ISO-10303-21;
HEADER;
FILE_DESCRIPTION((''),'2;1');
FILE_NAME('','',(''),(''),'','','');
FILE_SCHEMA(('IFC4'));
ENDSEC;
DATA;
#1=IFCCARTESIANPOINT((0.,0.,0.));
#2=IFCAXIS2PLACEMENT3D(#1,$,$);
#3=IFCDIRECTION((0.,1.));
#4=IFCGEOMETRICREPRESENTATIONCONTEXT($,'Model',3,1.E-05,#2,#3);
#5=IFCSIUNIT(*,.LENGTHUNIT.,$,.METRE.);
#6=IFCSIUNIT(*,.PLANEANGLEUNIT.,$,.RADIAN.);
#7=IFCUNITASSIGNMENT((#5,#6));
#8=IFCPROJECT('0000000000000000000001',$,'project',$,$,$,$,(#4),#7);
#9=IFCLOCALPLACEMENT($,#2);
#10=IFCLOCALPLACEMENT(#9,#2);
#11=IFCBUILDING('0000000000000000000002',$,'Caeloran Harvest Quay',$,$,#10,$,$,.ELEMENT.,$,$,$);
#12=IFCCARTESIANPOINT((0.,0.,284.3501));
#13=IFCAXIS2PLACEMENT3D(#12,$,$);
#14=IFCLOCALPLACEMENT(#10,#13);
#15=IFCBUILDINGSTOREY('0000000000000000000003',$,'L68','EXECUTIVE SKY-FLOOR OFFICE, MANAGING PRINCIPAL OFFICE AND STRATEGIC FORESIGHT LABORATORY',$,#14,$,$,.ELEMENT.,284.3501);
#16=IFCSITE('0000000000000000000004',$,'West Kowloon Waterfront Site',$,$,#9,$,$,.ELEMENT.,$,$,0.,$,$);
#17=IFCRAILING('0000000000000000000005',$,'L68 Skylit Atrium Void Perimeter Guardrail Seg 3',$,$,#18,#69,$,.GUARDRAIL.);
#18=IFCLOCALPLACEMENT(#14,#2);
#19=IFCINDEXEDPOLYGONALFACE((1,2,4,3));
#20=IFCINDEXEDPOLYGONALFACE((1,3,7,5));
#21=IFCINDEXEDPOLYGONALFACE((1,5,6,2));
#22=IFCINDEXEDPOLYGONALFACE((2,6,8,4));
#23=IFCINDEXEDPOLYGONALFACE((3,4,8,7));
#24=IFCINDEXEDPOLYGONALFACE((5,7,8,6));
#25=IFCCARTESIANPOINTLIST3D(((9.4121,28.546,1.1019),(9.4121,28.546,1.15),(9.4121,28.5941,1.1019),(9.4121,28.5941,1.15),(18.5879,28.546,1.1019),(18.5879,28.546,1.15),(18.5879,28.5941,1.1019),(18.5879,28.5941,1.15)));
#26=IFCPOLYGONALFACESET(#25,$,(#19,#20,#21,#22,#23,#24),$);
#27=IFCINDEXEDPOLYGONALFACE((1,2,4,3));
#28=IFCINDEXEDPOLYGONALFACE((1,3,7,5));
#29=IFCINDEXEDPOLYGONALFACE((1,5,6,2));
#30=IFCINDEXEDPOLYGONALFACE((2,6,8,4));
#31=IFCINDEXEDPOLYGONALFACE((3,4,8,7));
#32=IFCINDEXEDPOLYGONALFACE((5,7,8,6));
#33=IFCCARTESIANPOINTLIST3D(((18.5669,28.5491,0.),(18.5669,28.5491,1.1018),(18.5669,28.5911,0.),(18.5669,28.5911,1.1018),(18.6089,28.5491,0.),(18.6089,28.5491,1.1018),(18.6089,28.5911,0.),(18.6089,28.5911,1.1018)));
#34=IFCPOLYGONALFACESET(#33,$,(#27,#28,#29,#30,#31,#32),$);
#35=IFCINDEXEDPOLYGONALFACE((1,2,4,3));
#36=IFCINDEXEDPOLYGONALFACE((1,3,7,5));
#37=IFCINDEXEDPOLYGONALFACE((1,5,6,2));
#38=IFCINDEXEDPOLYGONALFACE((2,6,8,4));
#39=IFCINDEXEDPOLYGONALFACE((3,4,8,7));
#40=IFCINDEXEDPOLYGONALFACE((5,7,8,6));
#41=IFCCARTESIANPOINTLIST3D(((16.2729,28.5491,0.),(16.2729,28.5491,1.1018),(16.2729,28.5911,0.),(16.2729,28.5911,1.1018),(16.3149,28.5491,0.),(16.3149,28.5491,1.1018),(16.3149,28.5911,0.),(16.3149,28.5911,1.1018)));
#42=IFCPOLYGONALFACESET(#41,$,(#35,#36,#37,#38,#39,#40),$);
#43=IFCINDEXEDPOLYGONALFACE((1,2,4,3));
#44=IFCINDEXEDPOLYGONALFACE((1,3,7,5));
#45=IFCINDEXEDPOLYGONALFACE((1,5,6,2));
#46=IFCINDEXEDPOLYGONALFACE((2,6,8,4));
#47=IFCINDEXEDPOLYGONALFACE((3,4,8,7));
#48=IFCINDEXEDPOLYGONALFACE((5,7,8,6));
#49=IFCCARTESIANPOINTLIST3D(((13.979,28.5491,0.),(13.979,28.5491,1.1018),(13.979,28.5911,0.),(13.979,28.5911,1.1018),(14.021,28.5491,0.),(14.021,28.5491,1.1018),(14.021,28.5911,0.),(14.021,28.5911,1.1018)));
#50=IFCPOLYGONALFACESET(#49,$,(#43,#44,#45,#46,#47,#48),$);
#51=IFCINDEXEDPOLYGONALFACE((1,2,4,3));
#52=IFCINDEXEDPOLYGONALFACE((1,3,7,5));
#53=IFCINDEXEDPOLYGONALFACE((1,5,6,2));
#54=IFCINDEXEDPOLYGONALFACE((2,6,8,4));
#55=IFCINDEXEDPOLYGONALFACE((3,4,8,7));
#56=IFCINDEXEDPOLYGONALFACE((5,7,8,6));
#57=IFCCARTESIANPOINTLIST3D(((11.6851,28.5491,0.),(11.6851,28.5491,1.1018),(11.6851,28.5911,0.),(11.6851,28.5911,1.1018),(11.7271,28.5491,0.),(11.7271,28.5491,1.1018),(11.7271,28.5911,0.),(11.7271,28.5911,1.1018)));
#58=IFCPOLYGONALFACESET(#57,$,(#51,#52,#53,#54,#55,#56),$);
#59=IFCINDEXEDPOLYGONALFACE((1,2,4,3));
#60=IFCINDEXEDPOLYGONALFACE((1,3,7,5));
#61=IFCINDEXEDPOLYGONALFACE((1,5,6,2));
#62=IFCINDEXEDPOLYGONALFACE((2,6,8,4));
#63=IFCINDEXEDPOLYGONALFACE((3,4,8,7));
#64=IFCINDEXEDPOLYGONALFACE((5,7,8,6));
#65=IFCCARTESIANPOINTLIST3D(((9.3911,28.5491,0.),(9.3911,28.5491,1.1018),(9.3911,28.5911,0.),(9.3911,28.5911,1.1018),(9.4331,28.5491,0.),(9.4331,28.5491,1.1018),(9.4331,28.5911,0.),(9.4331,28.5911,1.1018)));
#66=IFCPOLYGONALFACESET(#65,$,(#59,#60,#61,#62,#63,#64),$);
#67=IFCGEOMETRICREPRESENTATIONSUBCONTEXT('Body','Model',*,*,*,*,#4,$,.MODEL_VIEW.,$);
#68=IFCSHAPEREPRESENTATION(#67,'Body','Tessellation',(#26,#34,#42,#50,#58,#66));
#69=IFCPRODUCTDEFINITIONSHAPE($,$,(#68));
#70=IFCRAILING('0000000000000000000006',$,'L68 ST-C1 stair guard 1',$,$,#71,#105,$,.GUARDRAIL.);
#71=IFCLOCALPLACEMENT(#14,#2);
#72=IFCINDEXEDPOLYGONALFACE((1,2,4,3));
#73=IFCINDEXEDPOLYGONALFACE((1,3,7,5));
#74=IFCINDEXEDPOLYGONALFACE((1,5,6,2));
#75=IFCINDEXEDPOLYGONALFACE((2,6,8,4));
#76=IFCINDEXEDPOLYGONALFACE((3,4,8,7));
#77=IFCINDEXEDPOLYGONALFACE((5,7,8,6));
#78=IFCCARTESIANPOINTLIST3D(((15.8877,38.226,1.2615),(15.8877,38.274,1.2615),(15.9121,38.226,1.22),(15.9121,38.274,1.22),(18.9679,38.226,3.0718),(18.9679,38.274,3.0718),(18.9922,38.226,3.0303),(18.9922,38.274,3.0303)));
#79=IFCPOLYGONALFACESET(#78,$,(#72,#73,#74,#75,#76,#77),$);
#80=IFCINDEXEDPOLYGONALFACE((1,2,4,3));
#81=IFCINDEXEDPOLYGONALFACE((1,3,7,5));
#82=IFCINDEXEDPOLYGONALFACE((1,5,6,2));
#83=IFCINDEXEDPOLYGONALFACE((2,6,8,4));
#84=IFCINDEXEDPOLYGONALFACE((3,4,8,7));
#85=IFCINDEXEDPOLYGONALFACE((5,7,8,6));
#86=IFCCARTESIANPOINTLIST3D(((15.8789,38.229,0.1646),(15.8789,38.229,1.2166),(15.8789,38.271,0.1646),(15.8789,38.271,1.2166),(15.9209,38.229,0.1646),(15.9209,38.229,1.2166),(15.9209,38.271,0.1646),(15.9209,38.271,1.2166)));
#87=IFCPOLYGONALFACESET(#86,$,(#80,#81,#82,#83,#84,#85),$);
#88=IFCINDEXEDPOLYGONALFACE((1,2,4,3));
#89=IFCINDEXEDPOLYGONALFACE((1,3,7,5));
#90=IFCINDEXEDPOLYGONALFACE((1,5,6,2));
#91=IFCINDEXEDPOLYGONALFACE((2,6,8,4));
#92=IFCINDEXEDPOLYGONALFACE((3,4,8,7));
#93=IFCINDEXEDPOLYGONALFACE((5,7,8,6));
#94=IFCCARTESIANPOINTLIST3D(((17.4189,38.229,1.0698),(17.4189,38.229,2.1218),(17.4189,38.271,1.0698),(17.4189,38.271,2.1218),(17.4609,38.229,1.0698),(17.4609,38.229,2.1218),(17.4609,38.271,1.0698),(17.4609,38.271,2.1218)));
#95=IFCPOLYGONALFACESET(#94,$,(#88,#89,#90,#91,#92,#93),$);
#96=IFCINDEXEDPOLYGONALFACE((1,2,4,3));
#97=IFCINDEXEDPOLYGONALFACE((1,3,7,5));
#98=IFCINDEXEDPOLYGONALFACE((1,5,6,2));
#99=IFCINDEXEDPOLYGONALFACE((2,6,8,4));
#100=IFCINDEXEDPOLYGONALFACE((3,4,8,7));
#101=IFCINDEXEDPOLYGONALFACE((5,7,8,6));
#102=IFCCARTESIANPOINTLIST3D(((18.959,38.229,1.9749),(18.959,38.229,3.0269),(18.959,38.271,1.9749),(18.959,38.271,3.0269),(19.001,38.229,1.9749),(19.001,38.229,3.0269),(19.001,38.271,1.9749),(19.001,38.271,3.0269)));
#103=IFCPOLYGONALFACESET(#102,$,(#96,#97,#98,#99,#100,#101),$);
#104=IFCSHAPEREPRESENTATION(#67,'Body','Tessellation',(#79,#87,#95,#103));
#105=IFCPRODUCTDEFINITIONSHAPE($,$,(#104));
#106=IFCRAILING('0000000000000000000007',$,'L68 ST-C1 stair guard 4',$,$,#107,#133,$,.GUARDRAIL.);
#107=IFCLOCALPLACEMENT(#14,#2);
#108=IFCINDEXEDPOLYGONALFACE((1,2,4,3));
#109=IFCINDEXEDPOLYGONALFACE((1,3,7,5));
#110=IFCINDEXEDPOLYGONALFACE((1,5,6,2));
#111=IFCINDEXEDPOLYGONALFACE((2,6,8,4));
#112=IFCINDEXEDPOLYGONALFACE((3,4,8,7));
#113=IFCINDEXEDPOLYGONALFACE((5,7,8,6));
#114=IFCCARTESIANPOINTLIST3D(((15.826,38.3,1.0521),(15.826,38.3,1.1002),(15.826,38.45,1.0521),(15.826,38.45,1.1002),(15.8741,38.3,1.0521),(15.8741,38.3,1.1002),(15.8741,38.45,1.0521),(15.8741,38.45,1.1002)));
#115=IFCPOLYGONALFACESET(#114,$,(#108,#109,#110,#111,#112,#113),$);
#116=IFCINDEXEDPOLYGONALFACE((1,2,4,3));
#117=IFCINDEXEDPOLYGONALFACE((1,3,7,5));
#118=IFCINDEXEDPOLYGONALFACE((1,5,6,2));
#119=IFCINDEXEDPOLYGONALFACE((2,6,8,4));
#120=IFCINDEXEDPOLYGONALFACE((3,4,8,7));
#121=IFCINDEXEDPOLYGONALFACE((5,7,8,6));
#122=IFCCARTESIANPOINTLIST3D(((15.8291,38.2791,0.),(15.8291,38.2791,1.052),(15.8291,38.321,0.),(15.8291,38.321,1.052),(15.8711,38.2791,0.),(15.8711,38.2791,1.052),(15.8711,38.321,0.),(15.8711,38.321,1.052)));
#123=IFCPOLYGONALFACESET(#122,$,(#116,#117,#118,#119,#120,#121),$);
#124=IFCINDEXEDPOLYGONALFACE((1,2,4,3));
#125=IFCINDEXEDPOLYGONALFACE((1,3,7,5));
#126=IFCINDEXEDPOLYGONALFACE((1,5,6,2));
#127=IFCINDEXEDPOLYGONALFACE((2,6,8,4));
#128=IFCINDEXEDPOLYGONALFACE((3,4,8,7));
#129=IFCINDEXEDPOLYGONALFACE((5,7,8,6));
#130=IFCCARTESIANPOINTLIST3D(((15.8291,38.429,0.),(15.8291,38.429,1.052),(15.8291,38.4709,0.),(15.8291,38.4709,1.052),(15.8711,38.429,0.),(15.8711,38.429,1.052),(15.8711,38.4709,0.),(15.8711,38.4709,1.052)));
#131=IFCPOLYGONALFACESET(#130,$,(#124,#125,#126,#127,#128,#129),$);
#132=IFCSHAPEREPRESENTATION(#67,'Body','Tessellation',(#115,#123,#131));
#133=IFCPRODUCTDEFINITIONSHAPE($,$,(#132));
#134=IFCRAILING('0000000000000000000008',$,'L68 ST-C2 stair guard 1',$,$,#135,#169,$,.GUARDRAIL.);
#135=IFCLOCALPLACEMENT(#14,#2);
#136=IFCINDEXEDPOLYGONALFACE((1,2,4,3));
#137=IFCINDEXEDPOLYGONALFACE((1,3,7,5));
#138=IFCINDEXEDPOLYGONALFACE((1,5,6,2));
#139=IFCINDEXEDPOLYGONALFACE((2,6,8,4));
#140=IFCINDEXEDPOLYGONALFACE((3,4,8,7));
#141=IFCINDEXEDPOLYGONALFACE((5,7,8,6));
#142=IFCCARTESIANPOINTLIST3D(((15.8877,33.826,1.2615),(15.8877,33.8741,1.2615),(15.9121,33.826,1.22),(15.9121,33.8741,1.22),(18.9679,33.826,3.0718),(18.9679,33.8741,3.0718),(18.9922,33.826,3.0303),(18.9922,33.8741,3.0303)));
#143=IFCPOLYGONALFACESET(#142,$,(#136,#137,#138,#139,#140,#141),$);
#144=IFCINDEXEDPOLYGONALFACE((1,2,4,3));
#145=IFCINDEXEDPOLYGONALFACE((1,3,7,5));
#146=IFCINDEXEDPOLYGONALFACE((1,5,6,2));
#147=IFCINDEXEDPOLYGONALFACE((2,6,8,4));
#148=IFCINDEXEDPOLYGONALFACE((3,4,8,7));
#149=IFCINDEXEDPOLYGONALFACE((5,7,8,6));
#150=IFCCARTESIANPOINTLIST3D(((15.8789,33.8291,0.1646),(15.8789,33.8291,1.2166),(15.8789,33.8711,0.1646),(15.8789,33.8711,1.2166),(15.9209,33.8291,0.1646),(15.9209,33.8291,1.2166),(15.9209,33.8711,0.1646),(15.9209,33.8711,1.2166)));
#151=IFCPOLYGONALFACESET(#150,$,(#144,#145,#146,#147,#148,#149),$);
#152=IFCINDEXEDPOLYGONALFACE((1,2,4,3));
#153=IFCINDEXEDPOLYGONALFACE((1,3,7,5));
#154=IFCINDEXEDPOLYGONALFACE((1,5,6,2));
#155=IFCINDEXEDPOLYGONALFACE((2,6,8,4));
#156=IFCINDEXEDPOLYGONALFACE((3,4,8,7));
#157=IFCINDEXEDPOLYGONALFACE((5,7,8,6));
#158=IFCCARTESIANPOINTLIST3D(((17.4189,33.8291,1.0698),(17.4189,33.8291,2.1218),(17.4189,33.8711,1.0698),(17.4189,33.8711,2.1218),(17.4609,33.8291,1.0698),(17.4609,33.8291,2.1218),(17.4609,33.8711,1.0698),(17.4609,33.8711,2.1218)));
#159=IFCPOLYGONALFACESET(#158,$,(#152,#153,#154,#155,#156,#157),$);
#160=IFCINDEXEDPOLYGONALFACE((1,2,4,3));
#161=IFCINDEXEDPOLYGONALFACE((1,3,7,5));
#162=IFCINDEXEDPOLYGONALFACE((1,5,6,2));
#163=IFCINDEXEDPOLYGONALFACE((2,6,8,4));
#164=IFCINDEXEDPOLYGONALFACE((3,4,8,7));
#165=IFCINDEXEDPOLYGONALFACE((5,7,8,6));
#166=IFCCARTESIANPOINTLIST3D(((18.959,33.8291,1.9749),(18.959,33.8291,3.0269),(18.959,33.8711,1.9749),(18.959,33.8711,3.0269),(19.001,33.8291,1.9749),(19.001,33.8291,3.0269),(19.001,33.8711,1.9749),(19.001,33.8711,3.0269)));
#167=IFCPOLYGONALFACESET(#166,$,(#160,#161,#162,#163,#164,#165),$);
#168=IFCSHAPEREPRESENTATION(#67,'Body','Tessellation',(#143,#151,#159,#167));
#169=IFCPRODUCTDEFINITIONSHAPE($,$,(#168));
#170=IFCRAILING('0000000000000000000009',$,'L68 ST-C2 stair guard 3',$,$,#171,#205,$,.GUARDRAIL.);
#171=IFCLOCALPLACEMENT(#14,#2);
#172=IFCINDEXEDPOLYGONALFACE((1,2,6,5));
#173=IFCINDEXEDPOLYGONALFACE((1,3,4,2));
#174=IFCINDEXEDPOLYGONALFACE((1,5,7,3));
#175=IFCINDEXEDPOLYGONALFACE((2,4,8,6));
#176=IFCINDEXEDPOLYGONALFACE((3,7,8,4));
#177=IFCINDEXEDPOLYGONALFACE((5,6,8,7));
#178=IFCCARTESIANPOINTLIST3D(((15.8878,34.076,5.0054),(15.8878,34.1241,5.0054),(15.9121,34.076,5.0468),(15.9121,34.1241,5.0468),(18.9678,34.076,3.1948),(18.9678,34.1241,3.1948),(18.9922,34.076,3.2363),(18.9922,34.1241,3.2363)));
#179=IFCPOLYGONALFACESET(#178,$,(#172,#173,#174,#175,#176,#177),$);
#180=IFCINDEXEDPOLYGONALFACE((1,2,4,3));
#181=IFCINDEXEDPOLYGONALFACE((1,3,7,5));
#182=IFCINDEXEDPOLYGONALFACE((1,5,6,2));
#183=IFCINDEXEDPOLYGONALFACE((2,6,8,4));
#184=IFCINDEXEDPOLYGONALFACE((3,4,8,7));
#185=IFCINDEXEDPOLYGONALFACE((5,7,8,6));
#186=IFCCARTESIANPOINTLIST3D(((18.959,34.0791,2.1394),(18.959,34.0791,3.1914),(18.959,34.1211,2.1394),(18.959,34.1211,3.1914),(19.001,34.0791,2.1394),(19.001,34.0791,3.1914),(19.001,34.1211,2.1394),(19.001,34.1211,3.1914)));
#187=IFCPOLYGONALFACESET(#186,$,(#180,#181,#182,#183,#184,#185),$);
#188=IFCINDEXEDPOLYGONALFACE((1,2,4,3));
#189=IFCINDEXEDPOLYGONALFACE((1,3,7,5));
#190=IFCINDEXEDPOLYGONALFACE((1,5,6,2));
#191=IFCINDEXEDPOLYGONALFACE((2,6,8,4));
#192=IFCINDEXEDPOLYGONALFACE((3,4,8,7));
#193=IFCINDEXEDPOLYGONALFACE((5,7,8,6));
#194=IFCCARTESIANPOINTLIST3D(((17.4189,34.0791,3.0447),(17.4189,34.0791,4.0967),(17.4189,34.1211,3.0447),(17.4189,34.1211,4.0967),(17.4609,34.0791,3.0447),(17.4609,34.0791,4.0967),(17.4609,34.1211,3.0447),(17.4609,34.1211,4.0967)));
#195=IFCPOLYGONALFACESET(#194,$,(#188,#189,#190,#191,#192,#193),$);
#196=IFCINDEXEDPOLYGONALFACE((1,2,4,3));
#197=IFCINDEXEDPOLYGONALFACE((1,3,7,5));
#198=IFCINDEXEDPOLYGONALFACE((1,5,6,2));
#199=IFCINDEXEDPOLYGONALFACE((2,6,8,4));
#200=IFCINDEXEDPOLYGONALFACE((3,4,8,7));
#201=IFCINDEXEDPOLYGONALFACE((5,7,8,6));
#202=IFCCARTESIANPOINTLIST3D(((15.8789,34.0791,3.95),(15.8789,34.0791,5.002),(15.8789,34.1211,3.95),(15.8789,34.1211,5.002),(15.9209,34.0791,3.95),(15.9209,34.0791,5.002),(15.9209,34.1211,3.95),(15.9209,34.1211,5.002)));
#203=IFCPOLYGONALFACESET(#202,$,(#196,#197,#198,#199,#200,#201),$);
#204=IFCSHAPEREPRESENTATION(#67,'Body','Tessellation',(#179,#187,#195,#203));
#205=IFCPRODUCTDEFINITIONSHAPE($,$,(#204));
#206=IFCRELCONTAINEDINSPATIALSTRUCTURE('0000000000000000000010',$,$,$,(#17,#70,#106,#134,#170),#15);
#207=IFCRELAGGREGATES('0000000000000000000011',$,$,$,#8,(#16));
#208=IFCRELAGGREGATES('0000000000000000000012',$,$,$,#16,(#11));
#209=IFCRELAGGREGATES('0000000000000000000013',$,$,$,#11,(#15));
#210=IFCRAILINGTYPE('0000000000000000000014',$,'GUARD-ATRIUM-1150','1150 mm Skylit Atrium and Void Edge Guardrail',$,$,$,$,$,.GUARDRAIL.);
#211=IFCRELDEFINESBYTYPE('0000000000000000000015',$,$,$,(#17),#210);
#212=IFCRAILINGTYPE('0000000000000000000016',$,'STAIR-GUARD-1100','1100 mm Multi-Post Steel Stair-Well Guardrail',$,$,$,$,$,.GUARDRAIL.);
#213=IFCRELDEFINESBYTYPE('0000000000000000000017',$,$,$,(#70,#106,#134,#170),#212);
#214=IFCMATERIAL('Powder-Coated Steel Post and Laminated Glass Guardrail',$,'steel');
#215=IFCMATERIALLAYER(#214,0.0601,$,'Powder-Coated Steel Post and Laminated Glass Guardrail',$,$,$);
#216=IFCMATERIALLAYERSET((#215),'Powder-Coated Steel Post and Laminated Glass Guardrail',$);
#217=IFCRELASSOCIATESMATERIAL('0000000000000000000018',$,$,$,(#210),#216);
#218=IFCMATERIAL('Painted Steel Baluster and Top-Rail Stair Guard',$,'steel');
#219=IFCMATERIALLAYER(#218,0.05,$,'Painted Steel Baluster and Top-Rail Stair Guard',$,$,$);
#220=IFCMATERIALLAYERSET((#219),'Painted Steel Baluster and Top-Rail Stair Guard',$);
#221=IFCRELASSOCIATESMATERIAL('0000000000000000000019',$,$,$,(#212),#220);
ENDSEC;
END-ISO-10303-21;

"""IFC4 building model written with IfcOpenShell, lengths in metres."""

from ifc_helpers import new_model, si_unit, direction, frame, origin, origin_2d, place, context, subcontext, project, spatial, rectangle, extrude, material, layer, layer_set, type_object, element, save


model = new_model("IFC4")

# Units and contexts
model_context = context("Model", 3, precision=1e-05, world=origin(), true_north=direction((0.0, 1.0)))
body_context = subcontext(model_context, "Body", "Model", "MODEL_VIEW")
ifc_project = project(units=[si_unit("LENGTHUNIT", "METRE"), si_unit("PLANEANGLEUNIT", "RADIAN")], contexts=[model_context])

# Site, building, storey
site_placement = place(None, origin())
site = spatial("IfcSite", under=ifc_project, at=site_placement, Name="West Kowloon Waterfront Site", CompositionType="ELEMENT", RefElevation=0.0)
building_placement = place(site_placement, origin())
building = spatial("IfcBuilding", under=site, at=building_placement, Name="Caeloran Harvest Quay", CompositionType="ELEMENT")
storey_placement = place(building_placement, frame((0.0, 0.0, 284.3501)))
storey = spatial("IfcBuildingStorey", under=building, at=storey_placement, Name="L68", Description="EXECUTIVE SKY-FLOOR OFFICE, MANAGING PRINCIPAL OFFICE AND STRATEGIC FORESIGHT LABORATORY", CompositionType="ELEMENT", Elevation=284.3501)

# Railings
ifc_material_1 = material(Name="Powder-Coated Steel Post and Laminated Glass Guardrail", Category="steel")
ifc_layer_1 = layer(ifc_material_1, 0.0601, Name="Powder-Coated Steel Post and Laminated Glass Guardrail")
ifc_layer_set_1 = layer_set([ifc_layer_1], Name="Powder-Coated Steel Post and Laminated Glass Guardrail")
railing_type_1 = type_object("IfcRailingType", Name="GUARD-ATRIUM-1150", Description="1150 mm Skylit Atrium and Void Edge Guardrail", PredefinedType="GUARDRAIL", material=ifc_layer_set_1)
railing_1_placement = place(storey_placement, frame((18.5879, 28.5701, 0.0)))
element("IfcRailing", 1, at=railing_1_placement, inside=storey, type_object=railing_type_1, Name="L68 Skylit Atrium Void Perimeter Guardrail Seg 3", PredefinedType="GUARDRAIL", context=body_context, shape_type="SweptSolid", body=[
    extrude(rectangle(XDim=0.0481, YDim=0.0481, at=origin_2d()), frame((0.0, 0.0, 1.126), z_axis=(-1.0, 0.0, 0.0), x_axis=(0.0, -1.0, 0.0)), (0.0, 0.0, 1.0), 9.1758),
    extrude(rectangle(XDim=0.042, YDim=0.042, at=origin_2d()), origin(), (0.0, 0.0, 1.0), 1.1018),
    extrude(rectangle(XDim=0.042, YDim=0.042, at=origin_2d()), frame((-2.2939, 0.0, 0.0)), (0.0, 0.0, 1.0), 1.1018),
    extrude(rectangle(XDim=0.042, YDim=0.042, at=origin_2d()), frame((-4.5879, 0.0, 0.0)), (0.0, 0.0, 1.0), 1.1018),
    extrude(rectangle(XDim=0.042, YDim=0.042, at=origin_2d()), frame((-6.8818, 0.0, 0.0)), (0.0, 0.0, 1.0), 1.1018),
    extrude(rectangle(XDim=0.042, YDim=0.042, at=origin_2d()), frame((-9.1758, 0.0, 0.0)), (0.0, 0.0, 1.0), 1.1018),
])
ifc_material_2 = material(Name="Painted Steel Baluster and Top-Rail Stair Guard", Category="steel")
ifc_layer_2 = layer(ifc_material_2, 0.05, Name="Painted Steel Baluster and Top-Rail Stair Guard")
ifc_layer_set_2 = layer_set([ifc_layer_2], Name="Painted Steel Baluster and Top-Rail Stair Guard")
railing_type_2 = type_object("IfcRailingType", Name="STAIR-GUARD-1100", Description="1100 mm Multi-Post Steel Stair-Well Guardrail", PredefinedType="GUARDRAIL", material=ifc_layer_set_2)
railing_2_placement = place(storey_placement, frame((15.8999, 38.25, 0.1646)))
element("IfcRailing", 2, at=railing_2_placement, inside=storey, type_object=railing_type_2, Name="L68 ST-C1 stair guard 1", PredefinedType="GUARDRAIL", context=body_context, shape_type="SweptSolid", body=[
    extrude(rectangle(XDim=0.0481, YDim=0.0481, at=origin_2d()), frame((0.0, 0.0, 1.0762), z_axis=(0.862119, 0.0, 0.506707), x_axis=(0.0, 1.0, 0.0)), (0.0, 0.0, 1.0), 3.5728),
    extrude(rectangle(XDim=0.042, YDim=0.042, at=origin_2d()), origin(), (0.0, 0.0, 1.0), 1.052),
    extrude(rectangle(XDim=0.042, YDim=0.042, at=origin_2d()), frame((1.54, 0.0, 0.9053)), (0.0, 0.0, 1.0), 1.052),
    extrude(rectangle(XDim=0.042, YDim=0.042, at=origin_2d()), frame((3.0801, 0.0, 1.8103)), (0.0, 0.0, 1.0), 1.052),
])
railing_3_placement = place(storey_placement, frame((15.8501, 38.3, 0.0)))
element("IfcRailing", 3, at=railing_3_placement, inside=storey, type_object=railing_type_2, Name="L68 ST-C1 stair guard 4", PredefinedType="GUARDRAIL", context=body_context, shape_type="SweptSolid", body=[
    extrude(rectangle(XDim=0.0481, YDim=0.0481, at=origin_2d()), frame((0.0, 0.0, 1.0762), z_axis=(0.0, 1.0, 0.0), x_axis=(-1.0, 0.0, 0.0)), (0.0, 0.0, 1.0), 0.1499),
    extrude(rectangle(XDim=0.042, YDim=0.042, at=origin_2d()), origin(), (0.0, 0.0, 1.0), 1.052),
    extrude(rectangle(XDim=0.042, YDim=0.042, at=origin_2d()), frame((0.0, 0.1499, 0.0)), (0.0, 0.0, 1.0), 1.052),
])
railing_4_placement = place(storey_placement, frame((15.8999, 33.8501, 0.1646)))
element("IfcRailing", 4, at=railing_4_placement, inside=storey, type_object=railing_type_2, Name="L68 ST-C2 stair guard 1", PredefinedType="GUARDRAIL", context=body_context, shape_type="SweptSolid", body=[
    extrude(rectangle(XDim=0.0481, YDim=0.0481, at=origin_2d()), frame((0.0, 0.0, 1.0762), z_axis=(0.862119, 0.0, 0.506707), x_axis=(0.0, 1.0, 0.0)), (0.0, 0.0, 1.0), 3.5728),
    extrude(rectangle(XDim=0.042, YDim=0.042, at=origin_2d()), origin(), (0.0, 0.0, 1.0), 1.052),
    extrude(rectangle(XDim=0.042, YDim=0.042, at=origin_2d()), frame((1.54, 0.0, 0.9053)), (0.0, 0.0, 1.0), 1.052),
    extrude(rectangle(XDim=0.042, YDim=0.042, at=origin_2d()), frame((3.0801, 0.0, 1.8103)), (0.0, 0.0, 1.0), 1.052),
])
railing_5_placement = place(storey_placement, frame((18.98, 34.1001, 2.1394)))
element("IfcRailing", 5, at=railing_5_placement, inside=storey, type_object=railing_type_2, Name="L68 ST-C2 stair guard 3", PredefinedType="GUARDRAIL", context=body_context, shape_type="SweptSolid", body=[
    extrude(rectangle(XDim=0.0481, YDim=0.0481, at=origin_2d()), frame((0.0, 0.0, 1.0762), z_axis=(-0.862089, 0.0, 0.506757), x_axis=(0.0, -1.0, 0.0)), (0.0, 0.0, 1.0), 3.5728),
    extrude(rectangle(XDim=0.042, YDim=0.042, at=origin_2d()), origin(), (0.0, 0.0, 1.0), 1.052),
    extrude(rectangle(XDim=0.042, YDim=0.042, at=origin_2d()), frame((-1.54, 0.0, 0.9053)), (0.0, 0.0, 1.0), 1.052),
    extrude(rectangle(XDim=0.042, YDim=0.042, at=origin_2d()), frame((-3.0801, 0.0, 1.8105)), (0.0, 0.0, 1.0), 1.052),
])

save(model, "model.ifc")
